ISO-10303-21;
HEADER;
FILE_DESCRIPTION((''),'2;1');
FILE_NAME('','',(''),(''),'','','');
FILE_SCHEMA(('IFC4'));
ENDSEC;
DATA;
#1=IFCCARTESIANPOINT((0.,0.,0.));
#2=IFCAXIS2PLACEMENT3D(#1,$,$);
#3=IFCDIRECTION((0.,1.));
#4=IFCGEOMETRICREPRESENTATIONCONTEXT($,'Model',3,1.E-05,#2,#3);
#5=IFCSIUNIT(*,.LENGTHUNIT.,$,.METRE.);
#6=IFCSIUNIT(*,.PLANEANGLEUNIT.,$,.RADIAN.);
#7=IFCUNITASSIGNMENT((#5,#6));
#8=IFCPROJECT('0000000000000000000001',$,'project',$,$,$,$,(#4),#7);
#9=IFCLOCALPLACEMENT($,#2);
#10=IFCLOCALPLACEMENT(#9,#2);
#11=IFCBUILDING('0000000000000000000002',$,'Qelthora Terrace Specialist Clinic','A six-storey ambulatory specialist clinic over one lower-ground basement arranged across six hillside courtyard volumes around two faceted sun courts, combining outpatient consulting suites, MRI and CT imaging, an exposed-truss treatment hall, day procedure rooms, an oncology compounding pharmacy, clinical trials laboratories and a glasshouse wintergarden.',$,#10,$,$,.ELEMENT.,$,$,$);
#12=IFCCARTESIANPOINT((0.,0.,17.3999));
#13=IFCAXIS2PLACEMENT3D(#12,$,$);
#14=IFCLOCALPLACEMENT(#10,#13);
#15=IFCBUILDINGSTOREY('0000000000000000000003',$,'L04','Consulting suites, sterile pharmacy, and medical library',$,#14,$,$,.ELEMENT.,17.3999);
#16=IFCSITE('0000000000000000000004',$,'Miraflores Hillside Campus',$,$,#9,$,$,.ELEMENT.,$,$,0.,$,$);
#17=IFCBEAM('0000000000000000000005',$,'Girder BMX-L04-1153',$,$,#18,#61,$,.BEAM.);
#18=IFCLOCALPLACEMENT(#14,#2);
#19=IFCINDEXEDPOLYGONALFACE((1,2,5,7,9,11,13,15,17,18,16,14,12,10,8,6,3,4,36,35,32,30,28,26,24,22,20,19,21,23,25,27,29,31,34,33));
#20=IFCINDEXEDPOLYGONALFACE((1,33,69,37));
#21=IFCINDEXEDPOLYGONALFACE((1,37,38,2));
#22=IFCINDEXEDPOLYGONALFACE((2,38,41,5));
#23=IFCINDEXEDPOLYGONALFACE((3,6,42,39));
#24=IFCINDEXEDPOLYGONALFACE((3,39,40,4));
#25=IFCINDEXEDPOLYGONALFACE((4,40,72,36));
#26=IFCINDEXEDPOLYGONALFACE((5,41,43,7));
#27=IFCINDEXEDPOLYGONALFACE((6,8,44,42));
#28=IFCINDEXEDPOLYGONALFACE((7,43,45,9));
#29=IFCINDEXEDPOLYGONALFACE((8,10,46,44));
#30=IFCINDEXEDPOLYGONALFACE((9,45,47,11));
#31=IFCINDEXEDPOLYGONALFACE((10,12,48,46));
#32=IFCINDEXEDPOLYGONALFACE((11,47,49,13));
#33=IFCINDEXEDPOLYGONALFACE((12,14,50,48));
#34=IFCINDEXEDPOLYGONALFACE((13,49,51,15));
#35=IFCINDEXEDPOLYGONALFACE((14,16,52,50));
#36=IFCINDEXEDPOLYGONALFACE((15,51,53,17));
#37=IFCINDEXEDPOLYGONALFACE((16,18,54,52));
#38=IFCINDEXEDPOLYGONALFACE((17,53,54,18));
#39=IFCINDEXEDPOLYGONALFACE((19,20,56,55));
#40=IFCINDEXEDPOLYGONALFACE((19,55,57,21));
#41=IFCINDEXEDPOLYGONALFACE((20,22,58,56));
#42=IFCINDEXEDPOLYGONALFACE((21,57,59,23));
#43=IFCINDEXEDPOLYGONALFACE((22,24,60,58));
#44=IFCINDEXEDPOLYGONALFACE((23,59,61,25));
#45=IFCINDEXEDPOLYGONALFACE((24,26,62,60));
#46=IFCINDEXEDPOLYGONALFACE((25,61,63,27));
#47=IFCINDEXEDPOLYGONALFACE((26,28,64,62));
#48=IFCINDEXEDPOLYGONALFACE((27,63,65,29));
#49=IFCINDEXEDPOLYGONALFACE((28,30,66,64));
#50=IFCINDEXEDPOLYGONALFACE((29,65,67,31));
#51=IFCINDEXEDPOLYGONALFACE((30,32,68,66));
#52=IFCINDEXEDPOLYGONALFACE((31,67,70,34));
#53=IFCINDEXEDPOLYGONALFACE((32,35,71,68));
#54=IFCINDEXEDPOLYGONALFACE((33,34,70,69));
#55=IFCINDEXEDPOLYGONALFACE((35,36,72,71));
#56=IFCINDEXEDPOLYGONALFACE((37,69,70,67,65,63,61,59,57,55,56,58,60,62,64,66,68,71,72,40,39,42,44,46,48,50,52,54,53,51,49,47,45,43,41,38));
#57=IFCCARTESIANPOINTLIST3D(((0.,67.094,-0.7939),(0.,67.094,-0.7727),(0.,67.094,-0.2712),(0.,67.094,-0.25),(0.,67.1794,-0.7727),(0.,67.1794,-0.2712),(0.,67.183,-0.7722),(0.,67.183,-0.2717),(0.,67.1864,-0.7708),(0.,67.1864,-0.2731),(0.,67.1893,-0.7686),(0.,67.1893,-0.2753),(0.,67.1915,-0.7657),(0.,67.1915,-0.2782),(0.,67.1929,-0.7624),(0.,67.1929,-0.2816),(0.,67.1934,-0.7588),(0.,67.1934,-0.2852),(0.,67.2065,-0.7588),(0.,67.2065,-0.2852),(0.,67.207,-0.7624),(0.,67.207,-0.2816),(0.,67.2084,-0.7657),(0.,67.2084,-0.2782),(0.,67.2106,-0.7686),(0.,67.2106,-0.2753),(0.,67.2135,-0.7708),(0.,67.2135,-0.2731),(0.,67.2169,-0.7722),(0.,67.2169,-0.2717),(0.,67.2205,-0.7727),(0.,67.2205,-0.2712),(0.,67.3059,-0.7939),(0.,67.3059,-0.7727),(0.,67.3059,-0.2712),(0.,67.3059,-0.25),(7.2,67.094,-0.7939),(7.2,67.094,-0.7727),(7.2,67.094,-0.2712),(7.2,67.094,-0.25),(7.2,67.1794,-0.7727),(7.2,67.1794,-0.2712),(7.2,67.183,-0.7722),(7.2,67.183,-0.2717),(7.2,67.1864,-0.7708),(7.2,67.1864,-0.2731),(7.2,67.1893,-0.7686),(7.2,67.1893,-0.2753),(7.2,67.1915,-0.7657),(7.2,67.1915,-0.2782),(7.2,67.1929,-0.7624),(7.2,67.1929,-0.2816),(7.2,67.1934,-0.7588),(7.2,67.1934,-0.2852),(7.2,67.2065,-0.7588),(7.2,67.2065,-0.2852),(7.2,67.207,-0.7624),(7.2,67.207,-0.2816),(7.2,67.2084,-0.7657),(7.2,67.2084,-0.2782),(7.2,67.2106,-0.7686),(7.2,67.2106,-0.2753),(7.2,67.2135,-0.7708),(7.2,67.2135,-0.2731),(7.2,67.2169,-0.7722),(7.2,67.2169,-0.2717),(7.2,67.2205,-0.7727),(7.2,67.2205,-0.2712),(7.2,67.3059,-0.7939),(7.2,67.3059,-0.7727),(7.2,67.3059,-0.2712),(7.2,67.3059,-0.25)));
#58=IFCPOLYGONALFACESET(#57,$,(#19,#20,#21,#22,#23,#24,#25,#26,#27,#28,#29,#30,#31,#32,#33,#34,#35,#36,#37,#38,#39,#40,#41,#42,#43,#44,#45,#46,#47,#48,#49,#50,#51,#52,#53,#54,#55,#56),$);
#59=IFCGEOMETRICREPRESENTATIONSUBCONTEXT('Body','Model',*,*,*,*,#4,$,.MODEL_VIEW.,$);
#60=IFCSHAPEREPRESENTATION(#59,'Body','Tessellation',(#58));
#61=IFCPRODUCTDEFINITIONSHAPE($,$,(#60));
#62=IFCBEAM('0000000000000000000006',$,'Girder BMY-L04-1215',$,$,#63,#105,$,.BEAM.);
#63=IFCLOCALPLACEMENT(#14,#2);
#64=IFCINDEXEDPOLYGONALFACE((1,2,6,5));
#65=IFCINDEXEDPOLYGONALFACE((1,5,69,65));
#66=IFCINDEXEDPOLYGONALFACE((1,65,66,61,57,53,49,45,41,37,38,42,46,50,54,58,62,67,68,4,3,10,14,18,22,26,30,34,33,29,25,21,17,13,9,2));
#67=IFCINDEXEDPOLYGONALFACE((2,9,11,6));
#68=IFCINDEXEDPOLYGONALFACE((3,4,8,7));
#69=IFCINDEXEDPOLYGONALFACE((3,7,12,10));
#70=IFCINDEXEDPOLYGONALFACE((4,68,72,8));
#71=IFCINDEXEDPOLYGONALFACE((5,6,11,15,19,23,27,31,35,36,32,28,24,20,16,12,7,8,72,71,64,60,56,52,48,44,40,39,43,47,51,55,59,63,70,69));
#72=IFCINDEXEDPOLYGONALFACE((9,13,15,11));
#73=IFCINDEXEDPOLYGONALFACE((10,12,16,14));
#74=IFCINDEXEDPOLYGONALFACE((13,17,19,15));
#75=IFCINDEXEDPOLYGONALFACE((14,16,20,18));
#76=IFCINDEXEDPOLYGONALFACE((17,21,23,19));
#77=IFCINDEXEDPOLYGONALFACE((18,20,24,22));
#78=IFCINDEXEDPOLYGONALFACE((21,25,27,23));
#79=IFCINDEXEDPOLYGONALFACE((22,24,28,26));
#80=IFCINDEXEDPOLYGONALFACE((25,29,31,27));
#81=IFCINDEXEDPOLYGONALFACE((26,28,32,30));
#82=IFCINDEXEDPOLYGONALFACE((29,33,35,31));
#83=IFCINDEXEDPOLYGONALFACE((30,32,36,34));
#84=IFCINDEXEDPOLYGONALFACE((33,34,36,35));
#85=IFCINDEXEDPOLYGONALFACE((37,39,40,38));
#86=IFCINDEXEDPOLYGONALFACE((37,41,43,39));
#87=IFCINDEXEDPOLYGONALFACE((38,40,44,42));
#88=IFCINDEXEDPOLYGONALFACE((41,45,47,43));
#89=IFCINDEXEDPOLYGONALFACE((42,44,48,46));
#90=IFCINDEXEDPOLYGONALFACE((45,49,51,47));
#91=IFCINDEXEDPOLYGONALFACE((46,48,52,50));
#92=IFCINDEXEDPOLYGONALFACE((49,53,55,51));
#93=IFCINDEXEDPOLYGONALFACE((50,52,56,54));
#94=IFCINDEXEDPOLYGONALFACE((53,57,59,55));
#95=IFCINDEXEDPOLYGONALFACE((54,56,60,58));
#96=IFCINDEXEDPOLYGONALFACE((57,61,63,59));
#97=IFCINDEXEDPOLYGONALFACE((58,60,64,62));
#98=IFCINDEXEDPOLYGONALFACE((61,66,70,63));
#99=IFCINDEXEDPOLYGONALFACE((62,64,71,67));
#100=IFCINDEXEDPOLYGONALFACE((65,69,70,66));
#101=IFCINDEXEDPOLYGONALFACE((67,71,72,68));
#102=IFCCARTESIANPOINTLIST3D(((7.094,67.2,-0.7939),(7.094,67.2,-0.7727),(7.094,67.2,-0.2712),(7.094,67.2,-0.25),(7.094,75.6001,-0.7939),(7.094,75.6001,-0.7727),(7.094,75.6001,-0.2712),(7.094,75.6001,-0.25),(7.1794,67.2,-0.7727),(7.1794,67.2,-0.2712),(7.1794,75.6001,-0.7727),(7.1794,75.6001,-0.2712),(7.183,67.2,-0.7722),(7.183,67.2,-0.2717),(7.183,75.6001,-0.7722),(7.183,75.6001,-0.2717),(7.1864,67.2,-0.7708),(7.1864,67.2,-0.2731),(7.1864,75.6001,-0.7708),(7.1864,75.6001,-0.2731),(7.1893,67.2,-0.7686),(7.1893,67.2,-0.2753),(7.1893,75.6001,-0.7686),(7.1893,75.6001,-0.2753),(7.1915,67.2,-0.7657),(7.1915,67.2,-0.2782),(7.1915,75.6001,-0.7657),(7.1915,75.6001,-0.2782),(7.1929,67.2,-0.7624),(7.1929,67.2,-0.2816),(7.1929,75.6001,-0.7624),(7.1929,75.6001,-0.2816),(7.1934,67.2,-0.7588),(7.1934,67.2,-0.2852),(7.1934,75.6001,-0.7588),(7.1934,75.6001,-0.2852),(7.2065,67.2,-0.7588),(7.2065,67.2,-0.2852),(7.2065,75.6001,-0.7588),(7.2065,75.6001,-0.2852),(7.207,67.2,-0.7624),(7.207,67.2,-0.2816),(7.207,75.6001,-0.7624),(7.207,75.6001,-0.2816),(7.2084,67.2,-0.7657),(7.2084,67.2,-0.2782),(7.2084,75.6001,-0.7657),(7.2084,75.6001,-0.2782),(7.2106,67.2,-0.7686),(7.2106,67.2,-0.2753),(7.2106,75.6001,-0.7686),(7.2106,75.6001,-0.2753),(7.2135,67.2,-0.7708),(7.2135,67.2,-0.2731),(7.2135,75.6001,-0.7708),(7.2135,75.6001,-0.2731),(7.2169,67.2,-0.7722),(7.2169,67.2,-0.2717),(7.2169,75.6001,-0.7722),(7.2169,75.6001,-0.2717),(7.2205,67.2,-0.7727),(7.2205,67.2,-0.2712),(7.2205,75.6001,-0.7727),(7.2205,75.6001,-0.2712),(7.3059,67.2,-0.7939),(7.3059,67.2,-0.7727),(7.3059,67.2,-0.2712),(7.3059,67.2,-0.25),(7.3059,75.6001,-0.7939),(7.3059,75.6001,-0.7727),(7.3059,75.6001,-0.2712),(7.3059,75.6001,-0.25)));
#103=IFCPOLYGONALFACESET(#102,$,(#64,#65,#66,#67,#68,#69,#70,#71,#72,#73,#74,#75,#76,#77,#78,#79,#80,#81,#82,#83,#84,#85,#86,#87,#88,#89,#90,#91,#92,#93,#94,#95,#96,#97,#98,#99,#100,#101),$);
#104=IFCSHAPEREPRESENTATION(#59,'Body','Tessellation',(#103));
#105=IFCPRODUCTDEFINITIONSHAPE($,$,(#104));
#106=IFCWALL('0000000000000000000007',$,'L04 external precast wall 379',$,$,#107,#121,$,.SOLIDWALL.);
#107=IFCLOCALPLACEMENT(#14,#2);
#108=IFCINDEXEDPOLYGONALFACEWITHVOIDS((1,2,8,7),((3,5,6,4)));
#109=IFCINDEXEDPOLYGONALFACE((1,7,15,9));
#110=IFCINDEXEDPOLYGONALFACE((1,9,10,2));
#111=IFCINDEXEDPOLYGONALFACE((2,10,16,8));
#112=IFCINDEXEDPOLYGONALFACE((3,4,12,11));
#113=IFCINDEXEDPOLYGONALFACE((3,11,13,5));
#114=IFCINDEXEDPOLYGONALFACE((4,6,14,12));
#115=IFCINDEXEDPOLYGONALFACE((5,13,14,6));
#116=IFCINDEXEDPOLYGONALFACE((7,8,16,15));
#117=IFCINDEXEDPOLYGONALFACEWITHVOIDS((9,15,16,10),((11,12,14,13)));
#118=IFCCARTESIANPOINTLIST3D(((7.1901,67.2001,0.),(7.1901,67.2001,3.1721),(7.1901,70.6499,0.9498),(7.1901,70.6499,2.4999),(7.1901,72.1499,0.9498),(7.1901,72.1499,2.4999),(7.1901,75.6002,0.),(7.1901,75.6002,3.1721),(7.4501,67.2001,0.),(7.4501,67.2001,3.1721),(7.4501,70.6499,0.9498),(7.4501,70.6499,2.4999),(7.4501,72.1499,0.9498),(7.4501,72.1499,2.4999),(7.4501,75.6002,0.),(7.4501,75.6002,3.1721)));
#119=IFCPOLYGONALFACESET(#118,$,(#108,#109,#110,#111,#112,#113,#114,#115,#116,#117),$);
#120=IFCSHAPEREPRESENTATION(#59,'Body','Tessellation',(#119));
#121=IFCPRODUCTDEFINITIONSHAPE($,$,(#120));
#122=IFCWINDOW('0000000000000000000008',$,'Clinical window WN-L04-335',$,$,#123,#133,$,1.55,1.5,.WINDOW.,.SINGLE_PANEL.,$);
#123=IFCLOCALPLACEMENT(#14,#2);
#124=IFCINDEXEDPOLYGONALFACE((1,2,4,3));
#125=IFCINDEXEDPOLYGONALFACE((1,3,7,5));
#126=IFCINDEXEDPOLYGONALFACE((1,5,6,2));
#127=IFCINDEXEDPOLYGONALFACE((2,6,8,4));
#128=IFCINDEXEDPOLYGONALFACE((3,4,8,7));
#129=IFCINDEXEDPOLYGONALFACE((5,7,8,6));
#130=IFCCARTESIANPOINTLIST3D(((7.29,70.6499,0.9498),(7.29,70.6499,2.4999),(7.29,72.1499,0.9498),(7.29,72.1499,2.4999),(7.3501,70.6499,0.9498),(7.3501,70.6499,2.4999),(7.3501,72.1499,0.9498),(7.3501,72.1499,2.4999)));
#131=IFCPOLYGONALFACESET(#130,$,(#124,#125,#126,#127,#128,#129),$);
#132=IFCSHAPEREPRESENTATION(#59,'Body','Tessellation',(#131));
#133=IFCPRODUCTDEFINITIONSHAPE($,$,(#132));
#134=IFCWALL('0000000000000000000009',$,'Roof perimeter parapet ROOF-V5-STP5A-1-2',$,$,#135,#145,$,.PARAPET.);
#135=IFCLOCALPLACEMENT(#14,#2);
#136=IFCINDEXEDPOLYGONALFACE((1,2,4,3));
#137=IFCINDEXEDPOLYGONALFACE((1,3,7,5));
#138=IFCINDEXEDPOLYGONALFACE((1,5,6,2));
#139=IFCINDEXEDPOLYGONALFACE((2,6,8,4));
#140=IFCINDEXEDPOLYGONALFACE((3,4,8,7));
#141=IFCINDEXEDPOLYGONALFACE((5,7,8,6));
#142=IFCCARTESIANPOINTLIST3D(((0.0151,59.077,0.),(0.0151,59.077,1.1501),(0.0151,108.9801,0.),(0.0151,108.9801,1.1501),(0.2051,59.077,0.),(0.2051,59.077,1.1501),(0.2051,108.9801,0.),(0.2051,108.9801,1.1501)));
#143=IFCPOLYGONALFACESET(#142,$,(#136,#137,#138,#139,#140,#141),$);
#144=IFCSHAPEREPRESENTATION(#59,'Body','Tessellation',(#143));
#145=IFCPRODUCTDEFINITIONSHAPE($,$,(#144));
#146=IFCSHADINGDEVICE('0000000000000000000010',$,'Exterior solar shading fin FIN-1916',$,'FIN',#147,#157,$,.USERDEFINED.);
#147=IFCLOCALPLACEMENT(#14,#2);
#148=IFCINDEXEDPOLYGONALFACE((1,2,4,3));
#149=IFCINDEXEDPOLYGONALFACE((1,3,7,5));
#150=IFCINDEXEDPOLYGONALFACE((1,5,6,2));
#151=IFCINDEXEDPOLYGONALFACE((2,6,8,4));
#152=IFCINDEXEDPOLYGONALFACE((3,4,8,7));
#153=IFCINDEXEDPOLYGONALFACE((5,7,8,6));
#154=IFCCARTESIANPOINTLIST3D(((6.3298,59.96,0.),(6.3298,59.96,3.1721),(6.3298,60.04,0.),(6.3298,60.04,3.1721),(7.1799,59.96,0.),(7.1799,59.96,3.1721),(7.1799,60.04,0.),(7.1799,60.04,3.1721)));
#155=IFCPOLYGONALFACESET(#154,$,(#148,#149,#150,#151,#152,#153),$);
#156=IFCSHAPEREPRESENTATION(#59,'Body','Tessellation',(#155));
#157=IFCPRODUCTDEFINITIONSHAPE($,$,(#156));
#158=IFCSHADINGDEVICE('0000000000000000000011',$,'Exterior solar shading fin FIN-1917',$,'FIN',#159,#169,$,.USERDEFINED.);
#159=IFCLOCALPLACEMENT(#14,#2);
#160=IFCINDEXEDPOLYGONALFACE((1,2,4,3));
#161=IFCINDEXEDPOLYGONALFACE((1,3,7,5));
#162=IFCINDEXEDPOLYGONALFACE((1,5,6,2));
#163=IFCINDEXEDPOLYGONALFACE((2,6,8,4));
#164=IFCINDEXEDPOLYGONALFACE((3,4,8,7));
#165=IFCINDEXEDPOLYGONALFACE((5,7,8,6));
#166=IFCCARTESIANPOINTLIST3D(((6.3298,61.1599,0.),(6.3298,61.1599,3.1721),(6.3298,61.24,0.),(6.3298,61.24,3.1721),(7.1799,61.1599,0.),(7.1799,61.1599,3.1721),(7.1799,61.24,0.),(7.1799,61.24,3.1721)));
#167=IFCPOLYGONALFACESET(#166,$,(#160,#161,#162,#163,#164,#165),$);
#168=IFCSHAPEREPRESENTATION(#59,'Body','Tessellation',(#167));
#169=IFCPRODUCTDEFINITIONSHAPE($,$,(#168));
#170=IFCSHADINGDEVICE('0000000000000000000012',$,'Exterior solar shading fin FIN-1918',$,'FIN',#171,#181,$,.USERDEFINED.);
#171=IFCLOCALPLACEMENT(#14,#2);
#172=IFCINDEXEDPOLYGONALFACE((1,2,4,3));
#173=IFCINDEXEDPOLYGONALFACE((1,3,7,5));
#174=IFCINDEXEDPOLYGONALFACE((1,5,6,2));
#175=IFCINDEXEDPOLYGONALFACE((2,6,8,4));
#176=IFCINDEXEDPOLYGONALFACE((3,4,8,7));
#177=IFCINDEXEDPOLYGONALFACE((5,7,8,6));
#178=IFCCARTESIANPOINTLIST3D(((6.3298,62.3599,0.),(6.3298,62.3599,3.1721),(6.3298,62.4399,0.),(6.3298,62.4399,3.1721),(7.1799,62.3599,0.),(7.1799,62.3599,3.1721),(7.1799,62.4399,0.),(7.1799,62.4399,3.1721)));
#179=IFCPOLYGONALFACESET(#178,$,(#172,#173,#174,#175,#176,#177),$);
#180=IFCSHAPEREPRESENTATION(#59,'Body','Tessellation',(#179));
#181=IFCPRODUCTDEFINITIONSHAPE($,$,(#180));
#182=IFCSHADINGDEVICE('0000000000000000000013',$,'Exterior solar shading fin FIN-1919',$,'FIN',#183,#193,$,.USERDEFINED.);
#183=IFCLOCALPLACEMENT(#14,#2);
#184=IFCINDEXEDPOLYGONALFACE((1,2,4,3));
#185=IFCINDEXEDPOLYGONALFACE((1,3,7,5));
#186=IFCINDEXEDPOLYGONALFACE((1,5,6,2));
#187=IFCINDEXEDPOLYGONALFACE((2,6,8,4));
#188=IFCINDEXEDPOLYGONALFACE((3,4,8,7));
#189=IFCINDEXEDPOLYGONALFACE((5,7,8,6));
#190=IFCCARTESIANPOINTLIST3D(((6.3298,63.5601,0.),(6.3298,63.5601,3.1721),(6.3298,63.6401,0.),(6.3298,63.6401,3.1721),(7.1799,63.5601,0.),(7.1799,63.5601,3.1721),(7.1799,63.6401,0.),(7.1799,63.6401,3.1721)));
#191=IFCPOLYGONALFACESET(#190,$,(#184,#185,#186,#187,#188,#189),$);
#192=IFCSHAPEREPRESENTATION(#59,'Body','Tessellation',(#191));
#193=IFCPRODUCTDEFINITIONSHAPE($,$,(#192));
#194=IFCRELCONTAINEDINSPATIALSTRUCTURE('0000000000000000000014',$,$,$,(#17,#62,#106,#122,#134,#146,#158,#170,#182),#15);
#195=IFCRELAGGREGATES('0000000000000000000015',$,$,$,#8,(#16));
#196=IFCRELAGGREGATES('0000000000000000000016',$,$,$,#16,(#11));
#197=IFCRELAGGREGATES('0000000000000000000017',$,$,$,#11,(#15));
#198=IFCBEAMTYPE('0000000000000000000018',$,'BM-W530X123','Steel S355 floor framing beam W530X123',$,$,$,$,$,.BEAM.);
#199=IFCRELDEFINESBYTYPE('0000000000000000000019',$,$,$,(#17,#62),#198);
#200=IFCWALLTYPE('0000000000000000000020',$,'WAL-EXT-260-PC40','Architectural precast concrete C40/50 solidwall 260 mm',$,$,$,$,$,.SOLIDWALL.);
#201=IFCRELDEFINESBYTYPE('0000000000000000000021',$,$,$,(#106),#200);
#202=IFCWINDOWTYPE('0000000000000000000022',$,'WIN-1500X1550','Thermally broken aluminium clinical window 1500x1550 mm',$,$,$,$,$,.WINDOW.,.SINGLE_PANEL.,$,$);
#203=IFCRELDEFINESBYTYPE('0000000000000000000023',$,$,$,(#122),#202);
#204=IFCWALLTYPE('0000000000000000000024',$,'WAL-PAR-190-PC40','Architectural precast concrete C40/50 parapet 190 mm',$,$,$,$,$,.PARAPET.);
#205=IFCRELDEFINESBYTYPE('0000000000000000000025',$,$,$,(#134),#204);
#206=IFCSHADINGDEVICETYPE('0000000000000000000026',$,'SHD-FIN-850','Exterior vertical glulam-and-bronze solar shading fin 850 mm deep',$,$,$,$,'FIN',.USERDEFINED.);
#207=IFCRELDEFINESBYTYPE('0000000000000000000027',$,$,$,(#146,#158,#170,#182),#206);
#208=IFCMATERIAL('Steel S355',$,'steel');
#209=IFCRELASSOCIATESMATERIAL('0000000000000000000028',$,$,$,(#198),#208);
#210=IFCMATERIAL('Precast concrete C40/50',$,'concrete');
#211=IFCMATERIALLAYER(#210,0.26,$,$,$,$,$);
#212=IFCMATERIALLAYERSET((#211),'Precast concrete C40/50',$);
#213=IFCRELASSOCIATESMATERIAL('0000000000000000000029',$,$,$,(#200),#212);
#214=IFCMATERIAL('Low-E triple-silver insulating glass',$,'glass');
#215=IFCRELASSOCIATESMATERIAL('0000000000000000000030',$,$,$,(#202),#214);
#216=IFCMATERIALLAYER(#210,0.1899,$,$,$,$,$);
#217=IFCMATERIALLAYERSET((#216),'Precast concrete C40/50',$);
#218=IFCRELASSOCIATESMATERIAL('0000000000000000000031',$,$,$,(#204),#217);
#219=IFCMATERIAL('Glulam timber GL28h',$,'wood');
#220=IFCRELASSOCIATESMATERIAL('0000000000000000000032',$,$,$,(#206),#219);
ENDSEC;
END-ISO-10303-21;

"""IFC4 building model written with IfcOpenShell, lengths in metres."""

from ifc_helpers import new_model, si_unit, direction, frame, frame_2d, origin, origin_2d, place, context, subcontext, project, spatial, rectangle, i_section, extrude, material, layer, layer_set, material_profile, profile_set, type_object, element, fill, save


model = new_model("IFC4")

# Units and contexts
model_context = context("Model", 3, precision=1e-05, world=origin(), true_north=direction((0.0, 1.0)))
body_context = subcontext(model_context, "Body", "Model", "MODEL_VIEW")
ifc_project = project(units=[si_unit("LENGTHUNIT", "METRE"), si_unit("PLANEANGLEUNIT", "RADIAN")], contexts=[model_context])

# Site, building, storey
site_placement = place(None, origin())
site = spatial("IfcSite", under=ifc_project, at=site_placement, Name="Miraflores Hillside Campus", CompositionType="ELEMENT", RefElevation=0.0)
building_placement = place(site_placement, origin())
building = spatial("IfcBuilding", under=site, at=building_placement, Name="Qelthora Terrace Specialist Clinic", Description="A six-storey ambulatory specialist clinic over one lower-ground basement arranged across six hillside courtyard volumes around two faceted sun courts, combining outpatient consulting suites, MRI and CT imaging, an exposed-truss treatment hall, day procedure rooms, an oncology compounding pharmacy, clinical trials laboratories and a glasshouse wintergarden.", CompositionType="ELEMENT")
storey_placement = place(building_placement, frame((0.0, 0.0, 17.3999)))
storey = spatial("IfcBuildingStorey", under=building, at=storey_placement, Name="L04", Description="Consulting suites, sterile pharmacy, and medical library", CompositionType="ELEMENT", Elevation=17.3999)

# Shared definitions
ifc_material_1 = material(Name="Steel S355", Category="steel")

# Beams
ifc_material_profile_1 = material_profile(ifc_material_1, i_section(OverallWidth=0.2119, OverallDepth=0.5439, WebThickness=0.0132, FlangeThickness=0.0212, FilletRadius=0.0139, at=origin_2d()), Name="W530X123")
ifc_profile_set_1 = profile_set([ifc_material_profile_1], Name="Steel S355")
beam_type_1 = type_object("IfcBeamType", Name="BM-W530X123", Description="Steel S355 floor framing beam W530X123", PredefinedType="BEAM", material=ifc_profile_set_1)
beam_1_placement = place(storey_placement, frame((0.0, 67.2, -0.522), z_axis=(1.0, 0.0, 0.0), x_axis=(0.0, 1.0, 0.0)))
element("IfcBeam", 1, at=beam_1_placement, inside=storey, type_object=beam_type_1, Name="Girder BMX-L04-1153", PredefinedType="BEAM", context=body_context, shape_type="SweptSolid", body=[
    extrude(i_section(OverallWidth=0.2119, OverallDepth=0.5439, WebThickness=0.0132, FlangeThickness=0.0212, FilletRadius=0.0139, at=origin_2d()), origin(), (0.0, 0.0, 1.0), 7.2),
])
beam_2_placement = place(storey_placement, frame((7.2, 67.2, -0.522), z_axis=(0.0, 1.0, 0.0), x_axis=(-1.0, 0.0, 0.0)))
element("IfcBeam", 2, at=beam_2_placement, inside=storey, type_object=beam_type_1, Name="Girder BMY-L04-1215", PredefinedType="BEAM", context=body_context, shape_type="SweptSolid", body=[
    extrude(i_section(OverallWidth=0.2119, OverallDepth=0.5439, WebThickness=0.0132, FlangeThickness=0.0212, FilletRadius=0.0139, at=origin_2d()), origin(), (0.0, 0.0, 1.0), 8.4001),
])

# Wall, opening, window
ifc_material_2 = material(Name="Precast concrete C40/50", Category="concrete")
ifc_layer_1 = layer(ifc_material_2, 0.26)
ifc_layer_set_1 = layer_set([ifc_layer_1], Name="Precast concrete C40/50")
wall_type_1 = type_object("IfcWallType", Name="WAL-EXT-260-PC40", Description="Architectural precast concrete C40/50 solidwall 260 mm", PredefinedType="SOLIDWALL", material=ifc_layer_set_1)
wall_1_placement = place(storey_placement, frame((7.3201, 67.2, 0.0), z_axis=(0.0, 0.0, 1.0), x_axis=(0.0, 1.0, 0.0)))
wall_1 = element("IfcWall", 3, at=wall_1_placement, inside=storey, type_object=wall_type_1, Name="L04 external precast wall 379", PredefinedType="SOLIDWALL", context=body_context, shape_type="SweptSolid", body=[
    extrude(rectangle(XDim=8.4001, YDim=0.26, at=frame_2d((4.2002, 0.0))), origin(), (0.0, 0.0, 1.0), 3.1721),
])
opening_placement = place(wall_1_placement, frame((3.45, 0.0, 0.95)))
opening = element("IfcOpeningElement", 4, at=opening_placement, cuts=wall_1, PredefinedType="OPENING", context=body_context, shape_type="SweptSolid", body=[
    extrude(rectangle(XDim=1.5, YDim=1.55, at=frame_2d((0.75, 0.7749))), frame((0.0, 0.1399, 0.0), z_axis=(0.0, -1.0, 0.0), x_axis=(1.0, 0.0, 0.0)), (0.0, 0.0, 1.0), 0.28),
])
ifc_material_3 = material(Name="Low-E triple-silver insulating glass", Category="glass")
window_type = type_object("IfcWindowType", Name="WIN-1500X1550", Description="Thermally broken aluminium clinical window 1500x1550 mm", PartitioningType="SINGLE_PANEL", PredefinedType="WINDOW", material=ifc_material_3)
window_placement = place(opening_placement, origin())
window = element("IfcWindow", 5, at=window_placement, inside=storey, type_object=window_type, Name="Clinical window WN-L04-335", OverallHeight=1.55, OverallWidth=1.5, PartitioningType="SINGLE_PANEL", PredefinedType="WINDOW", context=body_context, shape_type="SweptSolid", body=[
    extrude(rectangle(XDim=1.5, YDim=1.55, at=frame_2d((0.75, 0.7749))), frame((0.0, 0.03, 0.0), z_axis=(0.0, -1.0, 0.0), x_axis=(1.0, 0.0, 0.0)), (0.0, 0.0, 1.0), 0.0601),
])
fill(opening, window)

# Wall
ifc_layer_2 = layer(ifc_material_2, 0.1899)
ifc_layer_set_2 = layer_set([ifc_layer_2], Name="Precast concrete C40/50")
wall_type_2 = type_object("IfcWallType", Name="WAL-PAR-190-PC40", Description="Architectural precast concrete C40/50 parapet 190 mm", PredefinedType="PARAPET", material=ifc_layer_set_2)
wall_2_placement = place(storey_placement, frame((0.1101, 59.0769, 0.0), z_axis=(0.0, 0.0, 1.0), x_axis=(0.0, 1.0, 0.0)))
element("IfcWall", 6, at=wall_2_placement, inside=storey, type_object=wall_type_2, Name="Roof perimeter parapet ROOF-V5-STP5A-1-2", PredefinedType="PARAPET", context=body_context, shape_type="SweptSolid", body=[
    extrude(rectangle(XDim=49.9031, YDim=0.1899, at=frame_2d((24.9517, 0.0))), origin(), (0.0, 0.0, 1.0), 1.1501),
])

# Shading devices
ifc_material_4 = material(Name="Glulam timber GL28h", Category="wood")
shading_device_type = type_object("IfcShadingDeviceType", Name="SHD-FIN-850", Description="Exterior vertical glulam-and-bronze solar shading fin 850 mm deep", ElementType="FIN", PredefinedType="USERDEFINED", material=ifc_material_4)
for number, where, z_axis, x_axis, name in (
    (7, (6.7549, 60.0, 0.0), (0.0, 0.0, 1.0), (-1.0, 0.0, 0.0), "Exterior solar shading fin FIN-1916"),
    (8, (6.7549, 61.2, 0.0), (0.0, 0.0, 1.0), (-1.0, 0.0, 0.0), "Exterior solar shading fin FIN-1917"),
    (9, (6.7549, 62.3999, 0.0), (0.0, 0.0, 1.0), (-1.0, 0.0, 0.0), "Exterior solar shading fin FIN-1918"),
    (10, (6.7549, 63.6001, 0.0), (0.0, 0.0, 1.0), (-1.0, 0.0, 0.0), "Exterior solar shading fin FIN-1919"),
):
    element("IfcShadingDevice", number, at=place(storey_placement, frame(where, z_axis=z_axis, x_axis=x_axis)), inside=storey, type_object=shading_device_type, Name=name, ObjectType="FIN", PredefinedType="USERDEFINED", context=body_context, shape_type="SweptSolid", body=[
        extrude(rectangle(XDim=0.8501, YDim=0.0801, at=origin_2d()), origin(), (0.0, 0.0, 1.0), 3.1721),
    ])

save(model, "model.ifc")
